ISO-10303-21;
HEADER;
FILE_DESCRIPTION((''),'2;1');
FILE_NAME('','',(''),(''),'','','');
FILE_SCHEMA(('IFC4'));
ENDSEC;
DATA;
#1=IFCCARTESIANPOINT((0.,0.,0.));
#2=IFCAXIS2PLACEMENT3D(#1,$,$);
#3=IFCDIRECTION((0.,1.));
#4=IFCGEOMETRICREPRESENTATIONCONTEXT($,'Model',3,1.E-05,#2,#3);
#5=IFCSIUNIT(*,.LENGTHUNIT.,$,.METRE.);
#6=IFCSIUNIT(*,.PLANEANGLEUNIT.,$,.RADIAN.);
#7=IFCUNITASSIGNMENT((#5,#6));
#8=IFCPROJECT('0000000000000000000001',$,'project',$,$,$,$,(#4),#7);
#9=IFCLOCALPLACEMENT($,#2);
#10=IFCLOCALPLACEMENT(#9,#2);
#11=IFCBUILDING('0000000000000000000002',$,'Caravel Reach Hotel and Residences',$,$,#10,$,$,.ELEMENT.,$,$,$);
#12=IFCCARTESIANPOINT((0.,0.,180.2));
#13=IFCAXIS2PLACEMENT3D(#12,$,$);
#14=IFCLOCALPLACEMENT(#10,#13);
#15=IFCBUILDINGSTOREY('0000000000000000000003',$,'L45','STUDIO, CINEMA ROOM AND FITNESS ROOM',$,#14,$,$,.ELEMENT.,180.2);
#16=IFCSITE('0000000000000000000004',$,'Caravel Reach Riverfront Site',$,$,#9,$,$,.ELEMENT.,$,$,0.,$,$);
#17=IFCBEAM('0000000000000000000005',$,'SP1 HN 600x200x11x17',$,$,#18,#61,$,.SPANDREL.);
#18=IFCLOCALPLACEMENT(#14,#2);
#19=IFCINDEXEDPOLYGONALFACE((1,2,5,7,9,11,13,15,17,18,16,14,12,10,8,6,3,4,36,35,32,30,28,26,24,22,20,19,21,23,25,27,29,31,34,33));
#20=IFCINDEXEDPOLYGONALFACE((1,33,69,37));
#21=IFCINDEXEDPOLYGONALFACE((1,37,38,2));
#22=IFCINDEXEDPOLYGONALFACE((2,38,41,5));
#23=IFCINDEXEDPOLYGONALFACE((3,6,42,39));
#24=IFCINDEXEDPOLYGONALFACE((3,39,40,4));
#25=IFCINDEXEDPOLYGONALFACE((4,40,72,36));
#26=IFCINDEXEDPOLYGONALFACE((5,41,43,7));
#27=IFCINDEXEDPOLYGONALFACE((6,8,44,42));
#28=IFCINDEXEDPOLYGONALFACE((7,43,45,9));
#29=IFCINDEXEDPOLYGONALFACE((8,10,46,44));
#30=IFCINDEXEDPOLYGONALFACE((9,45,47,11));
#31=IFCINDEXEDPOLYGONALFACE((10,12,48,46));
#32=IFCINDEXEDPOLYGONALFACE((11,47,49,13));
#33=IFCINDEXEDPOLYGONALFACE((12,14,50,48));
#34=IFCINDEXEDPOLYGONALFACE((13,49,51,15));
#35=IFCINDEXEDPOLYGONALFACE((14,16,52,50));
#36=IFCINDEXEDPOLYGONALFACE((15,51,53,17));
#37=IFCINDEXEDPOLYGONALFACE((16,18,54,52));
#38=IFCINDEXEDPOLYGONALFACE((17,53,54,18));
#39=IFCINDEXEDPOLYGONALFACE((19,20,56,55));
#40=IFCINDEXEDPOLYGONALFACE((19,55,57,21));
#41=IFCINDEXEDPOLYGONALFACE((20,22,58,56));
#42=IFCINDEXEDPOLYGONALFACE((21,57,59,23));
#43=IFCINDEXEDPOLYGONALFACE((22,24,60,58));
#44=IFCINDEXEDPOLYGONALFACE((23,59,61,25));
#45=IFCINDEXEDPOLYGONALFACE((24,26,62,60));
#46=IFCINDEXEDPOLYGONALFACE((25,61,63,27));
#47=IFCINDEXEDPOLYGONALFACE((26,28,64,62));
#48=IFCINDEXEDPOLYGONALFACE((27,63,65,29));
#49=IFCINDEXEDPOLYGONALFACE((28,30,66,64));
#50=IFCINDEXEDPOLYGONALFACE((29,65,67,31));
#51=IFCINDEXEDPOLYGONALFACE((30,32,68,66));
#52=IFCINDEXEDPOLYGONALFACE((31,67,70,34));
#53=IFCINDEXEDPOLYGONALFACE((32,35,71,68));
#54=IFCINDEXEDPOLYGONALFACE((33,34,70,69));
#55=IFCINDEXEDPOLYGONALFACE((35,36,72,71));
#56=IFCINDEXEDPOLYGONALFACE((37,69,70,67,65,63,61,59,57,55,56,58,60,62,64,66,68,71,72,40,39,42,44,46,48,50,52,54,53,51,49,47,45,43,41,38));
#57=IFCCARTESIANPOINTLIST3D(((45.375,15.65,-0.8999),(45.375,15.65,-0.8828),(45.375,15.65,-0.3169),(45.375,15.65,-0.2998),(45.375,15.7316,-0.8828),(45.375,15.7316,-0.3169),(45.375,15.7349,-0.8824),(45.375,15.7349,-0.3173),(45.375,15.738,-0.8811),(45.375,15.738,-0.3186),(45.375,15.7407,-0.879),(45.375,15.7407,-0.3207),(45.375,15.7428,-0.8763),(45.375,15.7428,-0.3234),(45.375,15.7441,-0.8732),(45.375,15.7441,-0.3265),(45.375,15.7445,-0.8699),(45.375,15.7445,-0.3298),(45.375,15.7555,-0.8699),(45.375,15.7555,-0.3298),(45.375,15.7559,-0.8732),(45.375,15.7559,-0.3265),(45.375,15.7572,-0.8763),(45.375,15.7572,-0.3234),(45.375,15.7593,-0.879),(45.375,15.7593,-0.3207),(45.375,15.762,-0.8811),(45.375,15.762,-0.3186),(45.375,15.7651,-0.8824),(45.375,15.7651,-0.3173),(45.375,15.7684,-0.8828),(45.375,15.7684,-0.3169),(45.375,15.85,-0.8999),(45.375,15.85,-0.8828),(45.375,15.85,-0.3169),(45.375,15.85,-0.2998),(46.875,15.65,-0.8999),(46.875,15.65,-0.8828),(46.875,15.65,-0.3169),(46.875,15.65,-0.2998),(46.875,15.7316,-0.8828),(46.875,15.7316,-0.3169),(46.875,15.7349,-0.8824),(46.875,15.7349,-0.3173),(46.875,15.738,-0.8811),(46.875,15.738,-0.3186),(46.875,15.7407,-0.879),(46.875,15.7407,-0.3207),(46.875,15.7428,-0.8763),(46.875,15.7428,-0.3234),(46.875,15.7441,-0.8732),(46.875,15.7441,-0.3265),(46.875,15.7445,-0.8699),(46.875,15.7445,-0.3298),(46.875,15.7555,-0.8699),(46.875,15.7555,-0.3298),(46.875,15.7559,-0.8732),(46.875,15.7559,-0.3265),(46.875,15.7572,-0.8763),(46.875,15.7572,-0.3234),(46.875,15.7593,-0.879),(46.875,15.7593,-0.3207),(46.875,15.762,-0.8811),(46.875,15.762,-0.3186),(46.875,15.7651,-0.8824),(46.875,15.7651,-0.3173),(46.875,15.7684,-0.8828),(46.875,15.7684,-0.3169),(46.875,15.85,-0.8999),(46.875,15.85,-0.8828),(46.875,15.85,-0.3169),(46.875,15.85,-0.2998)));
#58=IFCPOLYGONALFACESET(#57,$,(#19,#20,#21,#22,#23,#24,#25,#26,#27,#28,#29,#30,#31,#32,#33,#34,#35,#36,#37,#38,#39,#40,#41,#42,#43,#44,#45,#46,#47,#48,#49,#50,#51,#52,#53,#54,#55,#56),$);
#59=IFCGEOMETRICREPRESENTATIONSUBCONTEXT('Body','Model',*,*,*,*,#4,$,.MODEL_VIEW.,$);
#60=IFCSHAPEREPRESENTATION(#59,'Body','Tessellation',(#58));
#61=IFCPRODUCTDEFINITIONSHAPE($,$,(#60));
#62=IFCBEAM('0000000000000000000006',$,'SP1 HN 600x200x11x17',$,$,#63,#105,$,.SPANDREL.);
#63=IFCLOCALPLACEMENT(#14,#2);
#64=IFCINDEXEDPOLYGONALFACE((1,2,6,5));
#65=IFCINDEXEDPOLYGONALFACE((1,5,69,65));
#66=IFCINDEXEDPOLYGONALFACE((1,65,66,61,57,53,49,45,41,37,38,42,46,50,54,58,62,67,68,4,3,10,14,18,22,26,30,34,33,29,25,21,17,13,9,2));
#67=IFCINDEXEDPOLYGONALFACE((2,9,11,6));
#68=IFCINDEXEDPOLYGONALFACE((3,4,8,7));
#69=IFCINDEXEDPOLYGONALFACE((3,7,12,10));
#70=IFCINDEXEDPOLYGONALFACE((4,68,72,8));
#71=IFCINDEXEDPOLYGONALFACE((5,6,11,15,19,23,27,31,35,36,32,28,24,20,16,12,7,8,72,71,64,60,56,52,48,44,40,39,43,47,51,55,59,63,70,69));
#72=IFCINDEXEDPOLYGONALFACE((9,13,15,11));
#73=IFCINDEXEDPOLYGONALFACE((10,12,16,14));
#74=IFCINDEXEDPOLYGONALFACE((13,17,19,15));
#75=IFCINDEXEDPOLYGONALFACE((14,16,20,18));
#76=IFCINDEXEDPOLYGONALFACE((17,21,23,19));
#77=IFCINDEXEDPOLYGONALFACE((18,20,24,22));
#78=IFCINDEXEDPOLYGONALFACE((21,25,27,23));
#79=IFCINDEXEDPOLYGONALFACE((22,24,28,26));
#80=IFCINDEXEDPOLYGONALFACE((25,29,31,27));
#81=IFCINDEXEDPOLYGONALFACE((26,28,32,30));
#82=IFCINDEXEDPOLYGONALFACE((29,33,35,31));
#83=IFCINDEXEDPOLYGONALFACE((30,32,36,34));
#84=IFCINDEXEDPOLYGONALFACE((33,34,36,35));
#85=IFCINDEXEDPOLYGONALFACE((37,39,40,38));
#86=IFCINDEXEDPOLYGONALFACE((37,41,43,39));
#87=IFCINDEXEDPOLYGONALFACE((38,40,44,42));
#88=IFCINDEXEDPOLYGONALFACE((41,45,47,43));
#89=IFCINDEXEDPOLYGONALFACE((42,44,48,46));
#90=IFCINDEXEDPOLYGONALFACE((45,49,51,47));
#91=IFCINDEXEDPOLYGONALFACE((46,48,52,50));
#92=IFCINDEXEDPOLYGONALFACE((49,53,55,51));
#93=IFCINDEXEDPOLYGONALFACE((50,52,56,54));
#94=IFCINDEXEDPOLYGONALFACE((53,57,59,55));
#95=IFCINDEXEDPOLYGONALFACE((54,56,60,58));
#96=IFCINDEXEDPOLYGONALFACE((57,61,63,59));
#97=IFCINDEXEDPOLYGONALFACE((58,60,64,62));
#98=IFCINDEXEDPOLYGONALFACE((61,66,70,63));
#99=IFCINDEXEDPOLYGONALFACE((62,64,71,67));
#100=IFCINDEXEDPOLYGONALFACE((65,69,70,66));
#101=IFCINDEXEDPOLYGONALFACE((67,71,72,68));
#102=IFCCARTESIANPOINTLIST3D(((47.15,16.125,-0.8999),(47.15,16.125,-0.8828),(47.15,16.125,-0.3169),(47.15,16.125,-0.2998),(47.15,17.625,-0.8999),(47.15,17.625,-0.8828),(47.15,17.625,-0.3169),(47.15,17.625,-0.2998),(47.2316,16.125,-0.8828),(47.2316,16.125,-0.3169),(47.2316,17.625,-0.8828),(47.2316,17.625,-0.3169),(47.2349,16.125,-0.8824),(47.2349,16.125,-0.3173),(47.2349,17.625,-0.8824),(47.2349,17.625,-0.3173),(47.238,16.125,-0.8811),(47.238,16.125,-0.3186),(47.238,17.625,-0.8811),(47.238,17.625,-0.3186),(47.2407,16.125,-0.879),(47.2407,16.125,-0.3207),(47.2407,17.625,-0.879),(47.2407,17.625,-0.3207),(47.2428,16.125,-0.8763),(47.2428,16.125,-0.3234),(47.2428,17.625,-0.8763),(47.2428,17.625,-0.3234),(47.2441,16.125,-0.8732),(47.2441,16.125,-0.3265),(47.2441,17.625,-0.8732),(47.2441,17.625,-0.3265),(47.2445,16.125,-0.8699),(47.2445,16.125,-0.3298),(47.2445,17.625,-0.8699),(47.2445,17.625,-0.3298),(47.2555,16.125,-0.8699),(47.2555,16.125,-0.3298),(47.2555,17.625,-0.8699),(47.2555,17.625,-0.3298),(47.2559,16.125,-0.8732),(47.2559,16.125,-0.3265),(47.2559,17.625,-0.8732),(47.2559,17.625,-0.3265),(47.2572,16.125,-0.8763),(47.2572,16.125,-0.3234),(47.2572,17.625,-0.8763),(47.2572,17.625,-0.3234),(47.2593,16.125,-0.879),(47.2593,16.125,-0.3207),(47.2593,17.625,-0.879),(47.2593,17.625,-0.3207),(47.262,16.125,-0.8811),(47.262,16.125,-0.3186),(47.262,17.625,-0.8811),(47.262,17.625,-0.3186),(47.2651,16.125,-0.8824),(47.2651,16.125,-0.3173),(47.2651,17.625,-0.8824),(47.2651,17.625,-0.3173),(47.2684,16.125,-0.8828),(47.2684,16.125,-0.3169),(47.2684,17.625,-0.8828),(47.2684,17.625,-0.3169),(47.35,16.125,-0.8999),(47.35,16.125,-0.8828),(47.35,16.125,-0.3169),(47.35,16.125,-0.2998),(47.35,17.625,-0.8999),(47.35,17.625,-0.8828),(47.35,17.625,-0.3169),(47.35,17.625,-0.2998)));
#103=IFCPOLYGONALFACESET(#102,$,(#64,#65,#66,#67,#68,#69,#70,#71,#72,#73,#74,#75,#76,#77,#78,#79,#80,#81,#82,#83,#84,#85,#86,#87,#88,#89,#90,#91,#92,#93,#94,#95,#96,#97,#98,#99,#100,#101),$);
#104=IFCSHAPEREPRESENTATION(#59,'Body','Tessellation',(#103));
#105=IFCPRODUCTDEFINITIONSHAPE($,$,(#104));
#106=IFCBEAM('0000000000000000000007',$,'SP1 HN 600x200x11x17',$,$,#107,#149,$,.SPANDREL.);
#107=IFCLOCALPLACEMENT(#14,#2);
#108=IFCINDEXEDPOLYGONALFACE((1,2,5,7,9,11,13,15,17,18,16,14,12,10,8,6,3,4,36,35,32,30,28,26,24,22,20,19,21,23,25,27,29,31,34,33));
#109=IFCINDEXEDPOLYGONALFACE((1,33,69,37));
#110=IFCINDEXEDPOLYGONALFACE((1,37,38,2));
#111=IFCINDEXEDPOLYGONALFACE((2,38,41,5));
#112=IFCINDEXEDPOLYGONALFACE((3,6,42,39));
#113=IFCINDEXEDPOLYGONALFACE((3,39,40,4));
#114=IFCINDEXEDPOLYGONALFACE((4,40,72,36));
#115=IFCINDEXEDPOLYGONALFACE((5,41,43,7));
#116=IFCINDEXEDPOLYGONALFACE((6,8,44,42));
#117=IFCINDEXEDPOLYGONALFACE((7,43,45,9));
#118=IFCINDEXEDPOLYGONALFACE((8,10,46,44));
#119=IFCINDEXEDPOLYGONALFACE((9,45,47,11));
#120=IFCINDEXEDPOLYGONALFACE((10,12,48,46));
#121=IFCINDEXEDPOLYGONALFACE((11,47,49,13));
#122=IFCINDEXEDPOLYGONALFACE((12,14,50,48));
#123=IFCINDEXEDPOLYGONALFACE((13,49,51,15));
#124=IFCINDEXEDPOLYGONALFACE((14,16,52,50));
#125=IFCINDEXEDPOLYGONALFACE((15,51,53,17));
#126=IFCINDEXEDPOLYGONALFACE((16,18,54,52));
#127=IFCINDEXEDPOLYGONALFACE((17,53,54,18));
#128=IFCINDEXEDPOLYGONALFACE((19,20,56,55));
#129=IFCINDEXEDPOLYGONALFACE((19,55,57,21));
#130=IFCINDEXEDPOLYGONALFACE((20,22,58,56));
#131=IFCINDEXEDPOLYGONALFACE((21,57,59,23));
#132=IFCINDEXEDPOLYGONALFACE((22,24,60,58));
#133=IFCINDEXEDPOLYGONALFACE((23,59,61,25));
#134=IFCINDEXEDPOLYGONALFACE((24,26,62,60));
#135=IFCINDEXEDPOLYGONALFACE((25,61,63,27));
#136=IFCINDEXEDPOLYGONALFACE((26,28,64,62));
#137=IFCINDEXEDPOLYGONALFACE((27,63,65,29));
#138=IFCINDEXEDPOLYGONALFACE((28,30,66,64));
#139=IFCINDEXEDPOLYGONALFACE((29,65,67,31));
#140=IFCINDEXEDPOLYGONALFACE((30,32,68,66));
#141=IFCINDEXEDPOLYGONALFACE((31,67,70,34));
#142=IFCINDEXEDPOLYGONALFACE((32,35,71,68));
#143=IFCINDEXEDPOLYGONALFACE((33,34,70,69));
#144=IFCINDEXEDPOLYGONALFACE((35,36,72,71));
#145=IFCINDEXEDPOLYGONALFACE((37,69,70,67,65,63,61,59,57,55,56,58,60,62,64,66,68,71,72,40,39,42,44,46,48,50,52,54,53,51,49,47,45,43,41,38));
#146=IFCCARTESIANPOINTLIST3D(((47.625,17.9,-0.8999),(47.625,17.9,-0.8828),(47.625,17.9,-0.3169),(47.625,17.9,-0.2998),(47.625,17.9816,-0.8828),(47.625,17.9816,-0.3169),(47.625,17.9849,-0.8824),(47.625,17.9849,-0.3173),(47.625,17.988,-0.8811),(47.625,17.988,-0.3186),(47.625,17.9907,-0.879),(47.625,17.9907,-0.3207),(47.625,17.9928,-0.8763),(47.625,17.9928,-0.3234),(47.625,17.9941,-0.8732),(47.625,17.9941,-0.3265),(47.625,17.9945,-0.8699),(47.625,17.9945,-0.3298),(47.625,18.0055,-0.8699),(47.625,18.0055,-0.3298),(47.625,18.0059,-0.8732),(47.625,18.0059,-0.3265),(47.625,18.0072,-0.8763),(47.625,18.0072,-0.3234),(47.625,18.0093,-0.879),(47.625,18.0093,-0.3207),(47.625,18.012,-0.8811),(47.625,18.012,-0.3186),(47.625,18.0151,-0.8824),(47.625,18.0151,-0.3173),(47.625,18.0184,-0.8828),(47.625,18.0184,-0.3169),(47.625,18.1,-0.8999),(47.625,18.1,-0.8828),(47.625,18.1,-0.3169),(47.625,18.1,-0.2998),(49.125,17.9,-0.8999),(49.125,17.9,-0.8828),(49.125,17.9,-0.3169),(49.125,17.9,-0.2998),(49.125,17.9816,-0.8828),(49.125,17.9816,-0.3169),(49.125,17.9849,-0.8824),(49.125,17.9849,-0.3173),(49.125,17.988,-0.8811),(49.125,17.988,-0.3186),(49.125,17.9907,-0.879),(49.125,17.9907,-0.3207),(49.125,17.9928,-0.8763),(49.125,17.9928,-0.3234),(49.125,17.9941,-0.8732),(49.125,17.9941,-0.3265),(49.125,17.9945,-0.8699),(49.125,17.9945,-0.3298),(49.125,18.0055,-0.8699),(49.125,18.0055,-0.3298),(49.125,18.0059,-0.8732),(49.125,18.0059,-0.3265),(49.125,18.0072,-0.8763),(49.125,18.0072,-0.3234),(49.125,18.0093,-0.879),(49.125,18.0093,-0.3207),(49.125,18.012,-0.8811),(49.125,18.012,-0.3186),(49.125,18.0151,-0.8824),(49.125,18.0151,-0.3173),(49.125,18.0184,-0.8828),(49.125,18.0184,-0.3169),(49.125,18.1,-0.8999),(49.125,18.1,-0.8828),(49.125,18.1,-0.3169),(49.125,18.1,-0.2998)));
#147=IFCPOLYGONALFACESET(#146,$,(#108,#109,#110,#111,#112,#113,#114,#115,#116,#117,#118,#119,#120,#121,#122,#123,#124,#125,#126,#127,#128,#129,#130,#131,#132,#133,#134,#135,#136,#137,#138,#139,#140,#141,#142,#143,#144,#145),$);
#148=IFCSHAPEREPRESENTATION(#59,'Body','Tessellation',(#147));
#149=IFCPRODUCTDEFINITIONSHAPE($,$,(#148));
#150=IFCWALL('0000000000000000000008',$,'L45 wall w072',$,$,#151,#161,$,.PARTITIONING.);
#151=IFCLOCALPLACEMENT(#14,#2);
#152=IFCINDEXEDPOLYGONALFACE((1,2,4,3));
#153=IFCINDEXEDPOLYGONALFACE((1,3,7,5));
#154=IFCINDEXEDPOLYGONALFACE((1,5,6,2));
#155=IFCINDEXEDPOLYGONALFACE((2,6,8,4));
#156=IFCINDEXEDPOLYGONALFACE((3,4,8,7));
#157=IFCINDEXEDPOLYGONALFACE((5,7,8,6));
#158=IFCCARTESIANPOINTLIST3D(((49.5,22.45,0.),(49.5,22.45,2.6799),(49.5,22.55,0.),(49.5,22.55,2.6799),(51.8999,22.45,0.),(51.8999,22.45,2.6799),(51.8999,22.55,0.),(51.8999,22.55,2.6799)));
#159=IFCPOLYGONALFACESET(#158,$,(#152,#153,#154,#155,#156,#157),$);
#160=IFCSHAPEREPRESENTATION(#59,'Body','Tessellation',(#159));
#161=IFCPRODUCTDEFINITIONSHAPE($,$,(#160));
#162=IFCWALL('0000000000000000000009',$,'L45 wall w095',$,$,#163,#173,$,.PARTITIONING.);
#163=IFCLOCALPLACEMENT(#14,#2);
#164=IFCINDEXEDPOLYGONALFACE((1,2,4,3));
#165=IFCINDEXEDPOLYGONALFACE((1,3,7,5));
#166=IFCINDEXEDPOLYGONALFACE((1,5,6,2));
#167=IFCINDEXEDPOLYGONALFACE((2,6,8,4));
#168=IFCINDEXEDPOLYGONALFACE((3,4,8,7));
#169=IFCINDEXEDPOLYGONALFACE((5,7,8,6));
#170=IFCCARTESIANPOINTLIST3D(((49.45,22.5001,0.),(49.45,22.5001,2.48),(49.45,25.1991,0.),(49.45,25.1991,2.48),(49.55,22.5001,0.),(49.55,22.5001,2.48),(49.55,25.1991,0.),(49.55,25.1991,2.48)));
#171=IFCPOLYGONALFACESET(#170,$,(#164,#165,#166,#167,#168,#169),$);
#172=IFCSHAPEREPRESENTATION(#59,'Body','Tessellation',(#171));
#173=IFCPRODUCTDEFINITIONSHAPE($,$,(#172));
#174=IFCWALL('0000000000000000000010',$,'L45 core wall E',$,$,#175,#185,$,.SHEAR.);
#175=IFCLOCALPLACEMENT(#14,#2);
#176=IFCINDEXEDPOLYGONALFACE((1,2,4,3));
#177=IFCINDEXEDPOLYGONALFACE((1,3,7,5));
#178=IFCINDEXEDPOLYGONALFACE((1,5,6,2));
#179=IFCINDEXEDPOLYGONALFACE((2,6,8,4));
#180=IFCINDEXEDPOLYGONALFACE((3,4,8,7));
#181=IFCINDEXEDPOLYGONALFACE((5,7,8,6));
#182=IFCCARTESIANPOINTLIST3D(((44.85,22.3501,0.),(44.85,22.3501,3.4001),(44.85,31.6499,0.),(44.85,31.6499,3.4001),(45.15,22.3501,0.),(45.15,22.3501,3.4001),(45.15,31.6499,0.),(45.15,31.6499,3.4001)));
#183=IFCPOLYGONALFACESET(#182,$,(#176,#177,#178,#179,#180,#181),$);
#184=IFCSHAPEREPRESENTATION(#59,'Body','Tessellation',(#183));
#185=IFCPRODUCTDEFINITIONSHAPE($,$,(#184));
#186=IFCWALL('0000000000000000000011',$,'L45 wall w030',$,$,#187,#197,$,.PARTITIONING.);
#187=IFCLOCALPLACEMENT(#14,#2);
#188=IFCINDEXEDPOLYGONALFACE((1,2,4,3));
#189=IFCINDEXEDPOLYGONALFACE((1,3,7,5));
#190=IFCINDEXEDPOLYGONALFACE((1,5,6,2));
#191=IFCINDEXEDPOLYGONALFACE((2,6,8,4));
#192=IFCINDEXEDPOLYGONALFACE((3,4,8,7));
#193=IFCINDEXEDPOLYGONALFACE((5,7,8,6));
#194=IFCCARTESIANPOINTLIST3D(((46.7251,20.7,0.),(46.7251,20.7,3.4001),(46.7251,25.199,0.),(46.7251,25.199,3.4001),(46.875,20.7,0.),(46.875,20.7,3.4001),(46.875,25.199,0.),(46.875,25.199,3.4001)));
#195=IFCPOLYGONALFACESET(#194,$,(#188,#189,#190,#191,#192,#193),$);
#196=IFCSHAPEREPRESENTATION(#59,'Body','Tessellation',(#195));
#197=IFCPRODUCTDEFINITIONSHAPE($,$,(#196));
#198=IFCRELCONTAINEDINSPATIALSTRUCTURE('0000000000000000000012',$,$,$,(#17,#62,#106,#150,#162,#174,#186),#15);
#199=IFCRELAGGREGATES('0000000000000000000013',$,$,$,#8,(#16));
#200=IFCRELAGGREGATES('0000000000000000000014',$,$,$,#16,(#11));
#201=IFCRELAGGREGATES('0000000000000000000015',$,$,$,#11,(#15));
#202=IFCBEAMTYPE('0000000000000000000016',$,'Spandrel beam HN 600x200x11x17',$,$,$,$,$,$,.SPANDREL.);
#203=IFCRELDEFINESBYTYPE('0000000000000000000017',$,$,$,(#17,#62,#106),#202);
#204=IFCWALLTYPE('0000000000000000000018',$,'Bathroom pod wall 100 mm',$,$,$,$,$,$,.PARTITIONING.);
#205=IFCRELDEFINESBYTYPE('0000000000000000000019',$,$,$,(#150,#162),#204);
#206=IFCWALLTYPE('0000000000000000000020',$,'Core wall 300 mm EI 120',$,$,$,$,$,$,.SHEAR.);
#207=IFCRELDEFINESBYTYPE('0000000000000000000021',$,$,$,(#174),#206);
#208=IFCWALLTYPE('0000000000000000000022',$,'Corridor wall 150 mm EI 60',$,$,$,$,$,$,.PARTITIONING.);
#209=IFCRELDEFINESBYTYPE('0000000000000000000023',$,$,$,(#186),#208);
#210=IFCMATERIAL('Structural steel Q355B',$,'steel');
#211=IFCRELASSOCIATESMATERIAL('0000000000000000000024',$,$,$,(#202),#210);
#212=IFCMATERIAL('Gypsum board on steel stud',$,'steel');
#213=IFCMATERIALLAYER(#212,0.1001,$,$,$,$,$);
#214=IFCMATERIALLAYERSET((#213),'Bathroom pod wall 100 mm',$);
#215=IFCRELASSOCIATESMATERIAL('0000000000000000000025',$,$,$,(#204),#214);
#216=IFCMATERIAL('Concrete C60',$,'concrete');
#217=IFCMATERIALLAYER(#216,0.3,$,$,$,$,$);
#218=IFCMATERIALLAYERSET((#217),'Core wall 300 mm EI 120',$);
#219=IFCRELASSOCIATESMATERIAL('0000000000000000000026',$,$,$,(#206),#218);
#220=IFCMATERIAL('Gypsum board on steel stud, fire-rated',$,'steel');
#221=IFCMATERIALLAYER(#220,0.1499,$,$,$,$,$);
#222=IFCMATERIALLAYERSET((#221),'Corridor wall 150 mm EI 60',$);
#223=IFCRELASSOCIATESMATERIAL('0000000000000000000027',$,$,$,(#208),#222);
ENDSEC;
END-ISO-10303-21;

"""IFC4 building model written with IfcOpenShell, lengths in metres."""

from ifc_helpers import new_model, si_unit, direction, frame, frame_2d, origin, origin_2d, place, context, subcontext, project, spatial, rectangle, i_section, extrude, material, layer, layer_set, material_profile, profile_set, type_object, element, save


model = new_model("IFC4")

# Units and contexts
model_context = context("Model", 3, precision=1e-05, world=origin(), true_north=direction((0.0, 1.0)))
body_context = subcontext(model_context, "Body", "Model", "MODEL_VIEW")
ifc_project = project(units=[si_unit("LENGTHUNIT", "METRE"), si_unit("PLANEANGLEUNIT", "RADIAN")], contexts=[model_context])

# Site, building, storey
site_placement = place(None, origin())
site = spatial("IfcSite", under=ifc_project, at=site_placement, Name="Caravel Reach Riverfront Site", CompositionType="ELEMENT", RefElevation=0.0)
building_placement = place(site_placement, origin())
building = spatial("IfcBuilding", under=site, at=building_placement, Name="Caravel Reach Hotel and Residences", CompositionType="ELEMENT")
storey_placement = place(building_placement, frame((0.0, 0.0, 180.2)))
storey = spatial("IfcBuildingStorey", under=building, at=storey_placement, Name="L45", Description="STUDIO, CINEMA ROOM AND FITNESS ROOM", CompositionType="ELEMENT", Elevation=180.2)

# Beams
ifc_material_1 = material(Name="Structural steel Q355B", Category="steel")
ifc_material_profile_1 = material_profile(ifc_material_1, i_section(OverallWidth=0.2, OverallDepth=0.6001, WebThickness=0.011, FlangeThickness=0.0171, FilletRadius=0.0129, at=origin_2d()), Name="HN 600x200x11x17")
ifc_profile_set_1 = profile_set([ifc_material_profile_1], Name="Structural steel Q355B")
beam_type_1 = type_object("IfcBeamType", Name="Spandrel beam HN 600x200x11x17", PredefinedType="SPANDREL", material=ifc_profile_set_1)
for number, where, z_axis, x_axis, name in (
    (1, (45.375, 15.75, -0.5999), (1.0, 0.0, 0.0), (0.0, 1.0, 0.0), "SP1 HN 600x200x11x17"),
    (2, (47.25, 16.125, -0.5999), (0.0, 1.0, 0.0), (-1.0, 0.0, 0.0), "SP1 HN 600x200x11x17"),
    (3, (47.625, 18.0, -0.5999), (1.0, 0.0, 0.0), (0.0, 1.0, 0.0), "SP1 HN 600x200x11x17"),
):
    element("IfcBeam", number, at=place(storey_placement, frame(where, z_axis=z_axis, x_axis=x_axis)), inside=storey, type_object=beam_type_1, Name=name, PredefinedType="SPANDREL", context=body_context, shape_type="SweptSolid", body=[
        extrude(i_section(OverallWidth=0.2, OverallDepth=0.6001, WebThickness=0.011, FlangeThickness=0.0171, FilletRadius=0.0129, at=origin_2d()), origin(), (0.0, 0.0, 1.0), 1.5),
    ])

# Walls
ifc_material_2 = material(Name="Gypsum board on steel stud", Category="steel")
ifc_layer_1 = layer(ifc_material_2, 0.1001)
ifc_layer_set_1 = layer_set([ifc_layer_1], Name="Bathroom pod wall 100 mm")
wall_type_1 = type_object("IfcWallType", Name="Bathroom pod wall 100 mm", PredefinedType="PARTITIONING", material=ifc_layer_set_1)
wall_1_placement = place(storey_placement, frame((49.5, 22.5, 0.0), z_axis=(0.0, 0.0, 1.0), x_axis=(1.0, 0.0, 0.0)))
element("IfcWall", 4, at=wall_1_placement, inside=storey, type_object=wall_type_1, Name="L45 wall w072", PredefinedType="PARTITIONING", context=body_context, shape_type="SweptSolid", body=[
    extrude(rectangle(XDim=2.3999, YDim=0.1001, at=frame_2d((1.2, 0.0))), origin(), (0.0, 0.0, 1.0), 2.6799),
])
wall_2_placement = place(storey_placement, frame((49.5, 22.5, 0.0), z_axis=(0.0, 0.0, 1.0), x_axis=(0.0, 1.0, 0.0)))
element("IfcWall", 5, at=wall_2_placement, inside=storey, type_object=wall_type_1, Name="L45 wall w095", PredefinedType="PARTITIONING", context=body_context, shape_type="SweptSolid", body=[
    extrude(rectangle(XDim=2.699, YDim=0.1001, at=frame_2d((1.3496, 0.0))), origin(), (0.0, 0.0, 1.0), 2.48),
])
ifc_material_3 = material(Name="Concrete C60", Category="concrete")
ifc_layer_2 = layer(ifc_material_3, 0.3)
ifc_layer_set_2 = layer_set([ifc_layer_2], Name="Core wall 300 mm EI 120")
wall_type_2 = type_object("IfcWallType", Name="Core wall 300 mm EI 120", PredefinedType="SHEAR", material=ifc_layer_set_2)
wall_3_placement = place(storey_placement, frame((45.0, 22.3501, 0.0), z_axis=(0.0, 0.0, 1.0), x_axis=(0.0, 1.0, 0.0)))
element("IfcWall", 6, at=wall_3_placement, inside=storey, type_object=wall_type_2, Name="L45 core wall E", PredefinedType="SHEAR", context=body_context, shape_type="SweptSolid", body=[
    extrude(rectangle(XDim=9.2998, YDim=0.3, at=frame_2d((4.6499, 0.0))), origin(), (0.0, 0.0, 1.0), 3.4001),
])
ifc_material_4 = material(Name="Gypsum board on steel stud, fire-rated", Category="steel")
ifc_layer_3 = layer(ifc_material_4, 0.1499)
ifc_layer_set_3 = layer_set([ifc_layer_3], Name="Corridor wall 150 mm EI 60")
wall_type_3 = type_object("IfcWallType", Name="Corridor wall 150 mm EI 60", PredefinedType="PARTITIONING", material=ifc_layer_set_3)
wall_4_placement = place(storey_placement, frame((46.8, 20.7, 0.0), z_axis=(0.0, 0.0, 1.0), x_axis=(0.0, 1.0, 0.0)))
element("IfcWall", 7, at=wall_4_placement, inside=storey, type_object=wall_type_3, Name="L45 wall w030", PredefinedType="PARTITIONING", context=body_context, shape_type="SweptSolid", body=[
    extrude(rectangle(XDim=4.499, YDim=0.1499, at=frame_2d((2.2495, 0.0))), origin(), (0.0, 0.0, 1.0), 3.4001),
])

save(model, "model.ifc")
